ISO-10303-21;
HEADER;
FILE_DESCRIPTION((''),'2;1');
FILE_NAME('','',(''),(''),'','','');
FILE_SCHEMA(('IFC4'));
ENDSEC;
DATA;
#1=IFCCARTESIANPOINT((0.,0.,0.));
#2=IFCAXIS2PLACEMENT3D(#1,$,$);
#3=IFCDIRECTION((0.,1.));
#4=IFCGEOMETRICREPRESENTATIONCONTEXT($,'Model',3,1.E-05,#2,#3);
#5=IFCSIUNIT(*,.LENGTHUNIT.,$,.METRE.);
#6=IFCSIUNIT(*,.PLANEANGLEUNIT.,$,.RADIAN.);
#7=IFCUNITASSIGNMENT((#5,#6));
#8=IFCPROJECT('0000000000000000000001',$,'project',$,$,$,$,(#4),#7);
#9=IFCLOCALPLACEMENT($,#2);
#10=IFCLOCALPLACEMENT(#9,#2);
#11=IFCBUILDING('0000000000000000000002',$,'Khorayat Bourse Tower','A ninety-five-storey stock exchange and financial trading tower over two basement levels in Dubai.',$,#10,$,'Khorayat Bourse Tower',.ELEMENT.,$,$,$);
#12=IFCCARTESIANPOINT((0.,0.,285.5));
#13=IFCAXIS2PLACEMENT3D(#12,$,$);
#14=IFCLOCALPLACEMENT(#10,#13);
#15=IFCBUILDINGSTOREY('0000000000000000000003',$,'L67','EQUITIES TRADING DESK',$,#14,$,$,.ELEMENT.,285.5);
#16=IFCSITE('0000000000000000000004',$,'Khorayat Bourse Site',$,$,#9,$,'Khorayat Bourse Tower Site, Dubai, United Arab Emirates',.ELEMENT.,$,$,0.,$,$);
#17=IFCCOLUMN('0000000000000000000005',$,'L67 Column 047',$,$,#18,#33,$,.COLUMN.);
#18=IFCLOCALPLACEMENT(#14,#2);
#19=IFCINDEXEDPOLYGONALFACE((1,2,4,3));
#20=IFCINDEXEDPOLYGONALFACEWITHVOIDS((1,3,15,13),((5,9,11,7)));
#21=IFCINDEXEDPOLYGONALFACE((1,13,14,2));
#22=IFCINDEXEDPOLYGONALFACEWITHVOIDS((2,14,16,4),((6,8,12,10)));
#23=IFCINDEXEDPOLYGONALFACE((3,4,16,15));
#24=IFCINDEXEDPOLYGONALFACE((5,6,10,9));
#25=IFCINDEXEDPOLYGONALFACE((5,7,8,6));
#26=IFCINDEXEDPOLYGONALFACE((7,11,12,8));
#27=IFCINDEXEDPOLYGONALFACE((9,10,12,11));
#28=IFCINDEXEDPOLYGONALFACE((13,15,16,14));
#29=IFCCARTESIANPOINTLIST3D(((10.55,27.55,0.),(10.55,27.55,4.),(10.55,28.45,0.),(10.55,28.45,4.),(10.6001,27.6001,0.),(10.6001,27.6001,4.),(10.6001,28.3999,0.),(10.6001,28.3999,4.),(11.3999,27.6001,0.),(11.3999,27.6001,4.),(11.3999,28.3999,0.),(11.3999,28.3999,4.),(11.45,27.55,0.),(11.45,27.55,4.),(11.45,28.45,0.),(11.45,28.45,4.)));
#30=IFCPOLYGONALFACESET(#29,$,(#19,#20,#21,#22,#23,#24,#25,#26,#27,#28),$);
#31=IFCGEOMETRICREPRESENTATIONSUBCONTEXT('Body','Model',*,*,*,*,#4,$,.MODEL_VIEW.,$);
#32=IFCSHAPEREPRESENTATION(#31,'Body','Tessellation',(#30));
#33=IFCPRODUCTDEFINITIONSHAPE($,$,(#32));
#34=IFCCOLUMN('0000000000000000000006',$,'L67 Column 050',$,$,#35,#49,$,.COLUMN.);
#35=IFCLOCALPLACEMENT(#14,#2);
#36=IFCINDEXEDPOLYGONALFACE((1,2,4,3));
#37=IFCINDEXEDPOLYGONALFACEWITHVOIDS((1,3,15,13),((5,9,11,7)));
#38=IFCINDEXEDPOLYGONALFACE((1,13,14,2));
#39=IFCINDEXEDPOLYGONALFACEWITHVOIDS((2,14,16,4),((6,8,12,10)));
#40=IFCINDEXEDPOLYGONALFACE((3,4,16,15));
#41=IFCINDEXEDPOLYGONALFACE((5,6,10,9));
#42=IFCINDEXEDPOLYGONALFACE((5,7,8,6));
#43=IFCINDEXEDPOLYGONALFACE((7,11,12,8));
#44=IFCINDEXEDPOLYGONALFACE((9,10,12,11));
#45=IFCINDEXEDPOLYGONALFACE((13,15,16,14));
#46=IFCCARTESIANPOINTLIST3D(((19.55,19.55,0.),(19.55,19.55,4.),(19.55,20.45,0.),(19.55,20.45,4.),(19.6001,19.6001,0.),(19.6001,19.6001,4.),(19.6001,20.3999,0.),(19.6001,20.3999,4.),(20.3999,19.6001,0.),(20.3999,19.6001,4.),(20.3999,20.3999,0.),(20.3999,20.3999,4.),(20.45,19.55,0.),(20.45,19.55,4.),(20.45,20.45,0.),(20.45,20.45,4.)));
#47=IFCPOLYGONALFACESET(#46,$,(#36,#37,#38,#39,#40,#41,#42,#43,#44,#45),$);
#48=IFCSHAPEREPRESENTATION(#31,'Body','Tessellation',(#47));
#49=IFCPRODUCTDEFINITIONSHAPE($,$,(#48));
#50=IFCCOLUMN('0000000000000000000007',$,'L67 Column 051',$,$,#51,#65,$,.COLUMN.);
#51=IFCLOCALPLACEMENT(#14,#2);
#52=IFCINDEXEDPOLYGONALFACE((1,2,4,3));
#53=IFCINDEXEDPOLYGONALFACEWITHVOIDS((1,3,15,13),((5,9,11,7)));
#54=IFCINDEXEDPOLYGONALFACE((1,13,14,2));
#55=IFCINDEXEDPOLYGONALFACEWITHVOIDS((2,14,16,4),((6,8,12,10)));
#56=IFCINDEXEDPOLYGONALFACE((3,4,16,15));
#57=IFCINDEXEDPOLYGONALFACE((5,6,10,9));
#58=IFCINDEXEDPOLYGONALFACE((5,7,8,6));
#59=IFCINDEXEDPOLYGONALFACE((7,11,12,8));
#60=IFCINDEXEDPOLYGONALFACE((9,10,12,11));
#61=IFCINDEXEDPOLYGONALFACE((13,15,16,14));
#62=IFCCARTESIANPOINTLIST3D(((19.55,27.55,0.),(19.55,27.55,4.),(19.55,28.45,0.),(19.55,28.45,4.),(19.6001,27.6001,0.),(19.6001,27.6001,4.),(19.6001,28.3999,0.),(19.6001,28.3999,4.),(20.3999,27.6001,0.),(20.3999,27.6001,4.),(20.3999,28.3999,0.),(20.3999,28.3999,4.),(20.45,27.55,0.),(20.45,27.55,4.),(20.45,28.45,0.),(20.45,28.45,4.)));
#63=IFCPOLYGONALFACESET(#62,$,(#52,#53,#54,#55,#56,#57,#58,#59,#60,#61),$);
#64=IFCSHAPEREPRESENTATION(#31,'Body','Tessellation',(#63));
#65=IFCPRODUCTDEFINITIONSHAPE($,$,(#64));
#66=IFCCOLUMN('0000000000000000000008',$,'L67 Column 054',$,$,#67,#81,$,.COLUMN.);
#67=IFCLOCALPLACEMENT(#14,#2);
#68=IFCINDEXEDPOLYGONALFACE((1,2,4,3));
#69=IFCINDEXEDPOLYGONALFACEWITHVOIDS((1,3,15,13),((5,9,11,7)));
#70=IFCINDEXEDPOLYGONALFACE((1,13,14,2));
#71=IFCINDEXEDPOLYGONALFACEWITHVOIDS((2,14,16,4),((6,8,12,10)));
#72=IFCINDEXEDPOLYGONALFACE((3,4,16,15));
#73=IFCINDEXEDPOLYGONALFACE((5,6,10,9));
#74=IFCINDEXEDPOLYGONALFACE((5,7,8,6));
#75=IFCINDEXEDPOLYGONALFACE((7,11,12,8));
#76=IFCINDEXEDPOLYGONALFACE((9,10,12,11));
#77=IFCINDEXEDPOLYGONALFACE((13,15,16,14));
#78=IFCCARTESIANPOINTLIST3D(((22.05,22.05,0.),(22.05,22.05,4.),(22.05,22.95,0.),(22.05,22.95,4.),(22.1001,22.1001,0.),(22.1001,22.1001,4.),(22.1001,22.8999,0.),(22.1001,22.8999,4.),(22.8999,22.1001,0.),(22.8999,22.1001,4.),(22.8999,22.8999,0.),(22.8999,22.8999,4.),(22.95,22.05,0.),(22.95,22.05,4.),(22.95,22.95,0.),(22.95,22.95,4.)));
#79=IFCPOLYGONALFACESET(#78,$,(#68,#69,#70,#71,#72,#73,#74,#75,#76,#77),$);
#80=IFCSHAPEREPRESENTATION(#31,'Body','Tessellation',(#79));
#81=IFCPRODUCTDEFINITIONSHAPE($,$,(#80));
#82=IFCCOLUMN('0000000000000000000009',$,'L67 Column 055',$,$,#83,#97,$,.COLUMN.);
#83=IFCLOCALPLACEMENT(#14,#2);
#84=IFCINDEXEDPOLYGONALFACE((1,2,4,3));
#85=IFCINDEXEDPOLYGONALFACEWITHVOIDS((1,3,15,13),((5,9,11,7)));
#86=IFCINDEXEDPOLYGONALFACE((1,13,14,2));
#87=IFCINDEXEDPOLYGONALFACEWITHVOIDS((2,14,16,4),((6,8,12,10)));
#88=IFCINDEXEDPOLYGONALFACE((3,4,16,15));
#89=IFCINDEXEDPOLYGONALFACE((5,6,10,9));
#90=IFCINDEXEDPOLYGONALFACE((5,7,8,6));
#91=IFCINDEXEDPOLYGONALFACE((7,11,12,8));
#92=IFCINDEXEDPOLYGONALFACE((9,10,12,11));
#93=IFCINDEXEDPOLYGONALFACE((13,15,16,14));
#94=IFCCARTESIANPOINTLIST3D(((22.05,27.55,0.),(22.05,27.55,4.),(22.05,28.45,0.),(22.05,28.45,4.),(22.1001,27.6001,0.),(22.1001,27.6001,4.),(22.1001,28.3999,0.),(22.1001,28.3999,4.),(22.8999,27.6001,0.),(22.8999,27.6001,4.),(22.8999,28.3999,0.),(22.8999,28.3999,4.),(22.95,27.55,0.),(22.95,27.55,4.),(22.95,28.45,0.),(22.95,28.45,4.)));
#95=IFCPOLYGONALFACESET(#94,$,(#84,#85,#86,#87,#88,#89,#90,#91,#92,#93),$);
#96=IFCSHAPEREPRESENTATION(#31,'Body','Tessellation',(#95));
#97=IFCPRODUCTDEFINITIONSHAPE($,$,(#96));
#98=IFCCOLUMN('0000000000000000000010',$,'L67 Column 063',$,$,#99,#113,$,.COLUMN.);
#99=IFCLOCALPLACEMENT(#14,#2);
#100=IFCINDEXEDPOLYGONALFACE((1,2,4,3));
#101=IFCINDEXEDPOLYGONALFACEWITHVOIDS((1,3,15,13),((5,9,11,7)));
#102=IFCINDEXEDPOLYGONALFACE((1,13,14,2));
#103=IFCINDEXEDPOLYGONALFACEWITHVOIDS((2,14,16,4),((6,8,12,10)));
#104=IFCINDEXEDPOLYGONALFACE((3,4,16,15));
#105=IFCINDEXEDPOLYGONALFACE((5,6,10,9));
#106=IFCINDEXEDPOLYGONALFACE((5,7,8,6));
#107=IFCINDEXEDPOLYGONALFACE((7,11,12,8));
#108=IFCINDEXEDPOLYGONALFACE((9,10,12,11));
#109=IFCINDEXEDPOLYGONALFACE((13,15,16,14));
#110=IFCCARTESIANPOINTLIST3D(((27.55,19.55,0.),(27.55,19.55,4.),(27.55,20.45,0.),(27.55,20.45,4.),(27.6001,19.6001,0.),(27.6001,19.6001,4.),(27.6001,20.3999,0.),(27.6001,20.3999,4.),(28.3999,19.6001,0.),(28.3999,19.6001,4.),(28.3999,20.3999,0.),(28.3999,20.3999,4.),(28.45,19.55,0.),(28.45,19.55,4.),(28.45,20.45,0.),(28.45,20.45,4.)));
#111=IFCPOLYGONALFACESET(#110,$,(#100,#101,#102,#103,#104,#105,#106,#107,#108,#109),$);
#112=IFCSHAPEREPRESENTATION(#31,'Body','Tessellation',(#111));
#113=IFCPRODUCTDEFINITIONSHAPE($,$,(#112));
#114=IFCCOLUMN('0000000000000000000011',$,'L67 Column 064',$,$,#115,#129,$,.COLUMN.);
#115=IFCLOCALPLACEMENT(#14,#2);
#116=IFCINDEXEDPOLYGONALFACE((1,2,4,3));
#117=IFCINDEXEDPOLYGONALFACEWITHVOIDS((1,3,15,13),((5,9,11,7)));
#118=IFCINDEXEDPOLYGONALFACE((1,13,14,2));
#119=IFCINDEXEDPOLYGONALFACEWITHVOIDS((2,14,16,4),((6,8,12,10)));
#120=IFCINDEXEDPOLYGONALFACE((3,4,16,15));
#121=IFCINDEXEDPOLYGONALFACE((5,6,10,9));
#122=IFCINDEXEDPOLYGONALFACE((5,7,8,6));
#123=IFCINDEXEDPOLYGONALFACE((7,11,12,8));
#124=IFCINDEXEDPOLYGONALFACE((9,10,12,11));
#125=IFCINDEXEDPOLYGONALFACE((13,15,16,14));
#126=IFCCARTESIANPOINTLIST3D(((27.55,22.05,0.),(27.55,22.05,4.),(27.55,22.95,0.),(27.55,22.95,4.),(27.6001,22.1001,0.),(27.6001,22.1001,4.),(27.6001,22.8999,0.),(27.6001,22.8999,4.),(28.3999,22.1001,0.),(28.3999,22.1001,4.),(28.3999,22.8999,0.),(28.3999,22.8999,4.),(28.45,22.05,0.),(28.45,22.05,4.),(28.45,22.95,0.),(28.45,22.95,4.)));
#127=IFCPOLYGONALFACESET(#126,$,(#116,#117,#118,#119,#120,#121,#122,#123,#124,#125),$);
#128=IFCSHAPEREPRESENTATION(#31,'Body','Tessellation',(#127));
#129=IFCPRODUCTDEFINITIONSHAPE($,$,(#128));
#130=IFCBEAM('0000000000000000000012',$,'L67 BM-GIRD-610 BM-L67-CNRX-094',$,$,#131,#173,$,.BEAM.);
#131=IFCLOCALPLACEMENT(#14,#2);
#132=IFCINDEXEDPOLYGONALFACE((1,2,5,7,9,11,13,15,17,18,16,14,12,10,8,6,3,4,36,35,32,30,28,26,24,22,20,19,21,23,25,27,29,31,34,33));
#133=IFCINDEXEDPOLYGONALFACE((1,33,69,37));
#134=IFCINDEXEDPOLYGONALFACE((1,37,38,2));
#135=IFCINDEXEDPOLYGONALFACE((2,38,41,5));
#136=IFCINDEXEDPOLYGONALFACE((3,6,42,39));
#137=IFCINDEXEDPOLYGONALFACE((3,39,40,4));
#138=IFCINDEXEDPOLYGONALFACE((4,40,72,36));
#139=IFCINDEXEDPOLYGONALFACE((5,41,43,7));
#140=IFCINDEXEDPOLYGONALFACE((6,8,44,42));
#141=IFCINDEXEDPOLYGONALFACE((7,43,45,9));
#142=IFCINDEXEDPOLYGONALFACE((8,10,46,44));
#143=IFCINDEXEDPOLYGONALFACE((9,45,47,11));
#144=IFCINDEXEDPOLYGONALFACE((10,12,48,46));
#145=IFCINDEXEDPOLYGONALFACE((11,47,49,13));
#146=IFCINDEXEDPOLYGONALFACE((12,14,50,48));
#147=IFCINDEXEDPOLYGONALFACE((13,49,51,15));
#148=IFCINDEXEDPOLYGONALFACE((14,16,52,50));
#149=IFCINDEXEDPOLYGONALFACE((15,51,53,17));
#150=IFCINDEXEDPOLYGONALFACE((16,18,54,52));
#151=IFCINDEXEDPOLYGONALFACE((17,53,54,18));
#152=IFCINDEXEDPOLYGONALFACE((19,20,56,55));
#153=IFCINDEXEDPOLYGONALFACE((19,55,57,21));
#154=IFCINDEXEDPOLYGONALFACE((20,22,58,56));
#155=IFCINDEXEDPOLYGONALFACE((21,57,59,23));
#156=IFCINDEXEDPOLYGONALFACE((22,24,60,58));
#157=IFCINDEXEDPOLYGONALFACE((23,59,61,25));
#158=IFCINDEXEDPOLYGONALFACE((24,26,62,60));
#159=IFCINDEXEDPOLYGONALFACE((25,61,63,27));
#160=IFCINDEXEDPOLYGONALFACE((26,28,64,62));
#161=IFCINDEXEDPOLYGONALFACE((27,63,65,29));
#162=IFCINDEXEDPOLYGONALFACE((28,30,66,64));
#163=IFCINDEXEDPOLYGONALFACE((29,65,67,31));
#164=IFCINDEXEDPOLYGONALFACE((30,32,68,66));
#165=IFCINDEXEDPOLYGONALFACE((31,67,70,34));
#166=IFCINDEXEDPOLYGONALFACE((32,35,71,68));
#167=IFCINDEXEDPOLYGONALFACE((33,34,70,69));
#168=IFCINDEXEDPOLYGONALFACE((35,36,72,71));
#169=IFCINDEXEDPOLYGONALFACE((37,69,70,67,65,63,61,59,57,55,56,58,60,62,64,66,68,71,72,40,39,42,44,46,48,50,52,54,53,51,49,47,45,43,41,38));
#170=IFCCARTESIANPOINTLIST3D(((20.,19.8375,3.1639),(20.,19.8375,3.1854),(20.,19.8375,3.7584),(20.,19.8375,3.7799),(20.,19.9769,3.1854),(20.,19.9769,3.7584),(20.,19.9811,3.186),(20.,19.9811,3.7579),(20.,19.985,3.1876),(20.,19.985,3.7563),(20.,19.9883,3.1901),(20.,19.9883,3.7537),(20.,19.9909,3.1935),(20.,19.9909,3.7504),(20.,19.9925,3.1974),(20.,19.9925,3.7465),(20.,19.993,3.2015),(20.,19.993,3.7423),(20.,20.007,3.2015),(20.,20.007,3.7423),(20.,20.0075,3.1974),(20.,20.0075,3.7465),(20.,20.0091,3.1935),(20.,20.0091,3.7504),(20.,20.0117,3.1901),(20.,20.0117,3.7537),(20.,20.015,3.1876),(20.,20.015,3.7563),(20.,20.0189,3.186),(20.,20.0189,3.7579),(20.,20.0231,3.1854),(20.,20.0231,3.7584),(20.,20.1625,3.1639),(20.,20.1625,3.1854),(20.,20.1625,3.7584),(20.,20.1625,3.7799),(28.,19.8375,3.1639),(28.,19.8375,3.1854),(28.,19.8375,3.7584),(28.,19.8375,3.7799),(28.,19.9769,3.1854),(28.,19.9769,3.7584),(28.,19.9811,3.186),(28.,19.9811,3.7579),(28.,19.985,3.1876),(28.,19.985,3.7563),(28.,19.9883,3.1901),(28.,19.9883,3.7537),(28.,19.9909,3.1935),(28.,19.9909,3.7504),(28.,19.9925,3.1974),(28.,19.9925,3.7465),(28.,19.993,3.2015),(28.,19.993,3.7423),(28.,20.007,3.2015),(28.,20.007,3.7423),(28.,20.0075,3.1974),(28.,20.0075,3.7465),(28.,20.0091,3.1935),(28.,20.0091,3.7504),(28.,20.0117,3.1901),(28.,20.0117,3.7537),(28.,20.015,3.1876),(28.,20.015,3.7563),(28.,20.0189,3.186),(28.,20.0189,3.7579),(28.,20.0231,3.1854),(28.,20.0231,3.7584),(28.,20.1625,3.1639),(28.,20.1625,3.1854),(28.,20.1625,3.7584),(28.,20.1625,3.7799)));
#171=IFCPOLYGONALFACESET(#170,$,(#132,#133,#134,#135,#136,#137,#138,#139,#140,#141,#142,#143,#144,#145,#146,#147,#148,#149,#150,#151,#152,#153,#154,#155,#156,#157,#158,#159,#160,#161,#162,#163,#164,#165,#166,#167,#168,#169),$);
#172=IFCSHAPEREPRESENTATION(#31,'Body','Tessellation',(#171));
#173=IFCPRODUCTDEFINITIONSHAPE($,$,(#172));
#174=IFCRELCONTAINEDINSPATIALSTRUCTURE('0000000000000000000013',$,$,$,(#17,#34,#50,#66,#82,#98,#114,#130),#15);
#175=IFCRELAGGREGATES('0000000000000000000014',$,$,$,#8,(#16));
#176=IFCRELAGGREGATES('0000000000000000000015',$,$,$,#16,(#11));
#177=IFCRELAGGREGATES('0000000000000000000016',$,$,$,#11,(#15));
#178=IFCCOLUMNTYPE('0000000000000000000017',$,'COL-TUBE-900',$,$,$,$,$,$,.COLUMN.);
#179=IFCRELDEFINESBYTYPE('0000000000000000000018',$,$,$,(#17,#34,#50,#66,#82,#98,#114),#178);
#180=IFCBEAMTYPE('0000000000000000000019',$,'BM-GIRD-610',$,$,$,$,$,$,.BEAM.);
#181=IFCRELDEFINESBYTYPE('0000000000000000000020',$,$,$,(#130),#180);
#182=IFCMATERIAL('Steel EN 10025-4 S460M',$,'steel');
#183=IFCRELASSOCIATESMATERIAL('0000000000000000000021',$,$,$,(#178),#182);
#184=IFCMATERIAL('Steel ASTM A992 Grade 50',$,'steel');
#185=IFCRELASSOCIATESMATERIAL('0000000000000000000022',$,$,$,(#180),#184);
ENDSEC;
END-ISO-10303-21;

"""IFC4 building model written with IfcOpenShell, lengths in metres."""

from ifc_helpers import new_model, si_unit, direction, frame, origin, origin_2d, place, context, subcontext, project, spatial, hollow_rectangle, i_section, extrude, source, transform, mapped, material, material_profile, profile_set, type_object, element, save


model = new_model("IFC4")

# Units and contexts
model_context = context("Model", 3, precision=1e-05, world=origin(), true_north=direction((0.0, 1.0)))
body_context = subcontext(model_context, "Body", "Model", "MODEL_VIEW")
ifc_project = project(units=[si_unit("LENGTHUNIT", "METRE"), si_unit("PLANEANGLEUNIT", "RADIAN")], contexts=[model_context])

# Site, building, storey
site_placement = place(None, origin())
site = spatial("IfcSite", under=ifc_project, at=site_placement, Name="Khorayat Bourse Site", LongName="Khorayat Bourse Tower Site, Dubai, United Arab Emirates", CompositionType="ELEMENT", RefElevation=0.0)
building_placement = place(site_placement, origin())
building = spatial("IfcBuilding", under=site, at=building_placement, Name="Khorayat Bourse Tower", Description="A ninety-five-storey stock exchange and financial trading tower over two basement levels in Dubai.", LongName="Khorayat Bourse Tower", CompositionType="ELEMENT")
storey_placement = place(building_placement, frame((0.0, 0.0, 285.5)))
storey = spatial("IfcBuildingStorey", under=building, at=storey_placement, Name="L67", Description="EQUITIES TRADING DESK", CompositionType="ELEMENT", Elevation=285.5)

# Columns
ifc_material_1 = material(Name="Steel EN 10025-4 S460M", Category="steel")
ifc_material_profile_1 = material_profile(ifc_material_1, hollow_rectangle(XDim=0.8999, YDim=0.8999, WallThickness=0.05, at=origin_2d()), Name="BOX 900x900x50")
ifc_profile_set_1 = profile_set([ifc_material_profile_1], Name="Steel EN 10025-4 S460M")
column_type = type_object("IfcColumnType", Name="COL-TUBE-900", PredefinedType="COLUMN", material=ifc_profile_set_1)
shared_shape_1 = source(origin(), body_context, "Body", "SweptSolid", [
    extrude(hollow_rectangle(XDim=0.8999, YDim=0.8999, WallThickness=0.05, at=origin_2d()), origin(), (0.0, 0.0, 1.0), 4.0),
])
for number, where, z_axis, x_axis, name in (
    (1, (11.0, 28.0, 0.0), (0.0, 0.0, 1.0), (1.0, 0.0, 0.0), "L67 Column 047"),
    (2, (20.0, 20.0, 0.0), (0.0, 0.0, 1.0), (1.0, 0.0, 0.0), "L67 Column 050"),
    (3, (20.0, 28.0, 0.0), (0.0, 0.0, 1.0), (1.0, 0.0, 0.0), "L67 Column 051"),
    (4, (22.5, 22.5, 0.0), (0.0, 0.0, 1.0), (1.0, 0.0, 0.0), "L67 Column 054"),
    (5, (22.5, 28.0, 0.0), (0.0, 0.0, 1.0), (1.0, 0.0, 0.0), "L67 Column 055"),
    (6, (28.0, 20.0, 0.0), (0.0, 0.0, 1.0), (1.0, 0.0, 0.0), "L67 Column 063"),
    (7, (28.0, 22.5, 0.0), (0.0, 0.0, 1.0), (1.0, 0.0, 0.0), "L67 Column 064"),
):
    element("IfcColumn", number, at=place(storey_placement, frame(where, z_axis=z_axis, x_axis=x_axis)), inside=storey, type_object=column_type, Name=name, PredefinedType="COLUMN", context=body_context, shape_type="MappedRepresentation", body=[
        mapped(shared_shape_1, transform((0.0, 0.0, 0.0), scale=1.0)),
    ])

# Beam
ifc_material_2 = material(Name="Steel ASTM A992 Grade 50", Category="steel")
ifc_material_profile_2 = material_profile(ifc_material_2, i_section(OverallWidth=0.325, OverallDepth=0.616, WebThickness=0.0139, FlangeThickness=0.0215, FilletRadius=0.0161, at=origin_2d()), Name="W610X174")
ifc_profile_set_2 = profile_set([ifc_material_profile_2], Name="Steel ASTM A992 Grade 50")
beam_type_1 = type_object("IfcBeamType", Name="BM-GIRD-610", PredefinedType="BEAM", material=ifc_profile_set_2)
shared_shape_2 = source(origin(), body_context, "Body", "SweptSolid", [
    extrude(i_section(OverallWidth=0.325, OverallDepth=0.616, WebThickness=0.0139, FlangeThickness=0.0215, FilletRadius=0.0161, at=origin_2d()), origin(), (0.0, 0.0, 1.0), 8.0),
])
beam_1_placement = place(storey_placement, frame((20.0, 20.0, 3.4719), z_axis=(1.0, 0.0, 0.0), x_axis=(0.0, 1.0, 0.0)))
element("IfcBeam", 8, at=beam_1_placement, inside=storey, type_object=beam_type_1, Name="L67 BM-GIRD-610 BM-L67-CNRX-094", PredefinedType="BEAM", context=body_context, shape_type="MappedRepresentation", body=[
    mapped(shared_shape_2, transform((0.0, 0.0, 0.0), scale=1.0)),
])

save(model, "model.ifc")
